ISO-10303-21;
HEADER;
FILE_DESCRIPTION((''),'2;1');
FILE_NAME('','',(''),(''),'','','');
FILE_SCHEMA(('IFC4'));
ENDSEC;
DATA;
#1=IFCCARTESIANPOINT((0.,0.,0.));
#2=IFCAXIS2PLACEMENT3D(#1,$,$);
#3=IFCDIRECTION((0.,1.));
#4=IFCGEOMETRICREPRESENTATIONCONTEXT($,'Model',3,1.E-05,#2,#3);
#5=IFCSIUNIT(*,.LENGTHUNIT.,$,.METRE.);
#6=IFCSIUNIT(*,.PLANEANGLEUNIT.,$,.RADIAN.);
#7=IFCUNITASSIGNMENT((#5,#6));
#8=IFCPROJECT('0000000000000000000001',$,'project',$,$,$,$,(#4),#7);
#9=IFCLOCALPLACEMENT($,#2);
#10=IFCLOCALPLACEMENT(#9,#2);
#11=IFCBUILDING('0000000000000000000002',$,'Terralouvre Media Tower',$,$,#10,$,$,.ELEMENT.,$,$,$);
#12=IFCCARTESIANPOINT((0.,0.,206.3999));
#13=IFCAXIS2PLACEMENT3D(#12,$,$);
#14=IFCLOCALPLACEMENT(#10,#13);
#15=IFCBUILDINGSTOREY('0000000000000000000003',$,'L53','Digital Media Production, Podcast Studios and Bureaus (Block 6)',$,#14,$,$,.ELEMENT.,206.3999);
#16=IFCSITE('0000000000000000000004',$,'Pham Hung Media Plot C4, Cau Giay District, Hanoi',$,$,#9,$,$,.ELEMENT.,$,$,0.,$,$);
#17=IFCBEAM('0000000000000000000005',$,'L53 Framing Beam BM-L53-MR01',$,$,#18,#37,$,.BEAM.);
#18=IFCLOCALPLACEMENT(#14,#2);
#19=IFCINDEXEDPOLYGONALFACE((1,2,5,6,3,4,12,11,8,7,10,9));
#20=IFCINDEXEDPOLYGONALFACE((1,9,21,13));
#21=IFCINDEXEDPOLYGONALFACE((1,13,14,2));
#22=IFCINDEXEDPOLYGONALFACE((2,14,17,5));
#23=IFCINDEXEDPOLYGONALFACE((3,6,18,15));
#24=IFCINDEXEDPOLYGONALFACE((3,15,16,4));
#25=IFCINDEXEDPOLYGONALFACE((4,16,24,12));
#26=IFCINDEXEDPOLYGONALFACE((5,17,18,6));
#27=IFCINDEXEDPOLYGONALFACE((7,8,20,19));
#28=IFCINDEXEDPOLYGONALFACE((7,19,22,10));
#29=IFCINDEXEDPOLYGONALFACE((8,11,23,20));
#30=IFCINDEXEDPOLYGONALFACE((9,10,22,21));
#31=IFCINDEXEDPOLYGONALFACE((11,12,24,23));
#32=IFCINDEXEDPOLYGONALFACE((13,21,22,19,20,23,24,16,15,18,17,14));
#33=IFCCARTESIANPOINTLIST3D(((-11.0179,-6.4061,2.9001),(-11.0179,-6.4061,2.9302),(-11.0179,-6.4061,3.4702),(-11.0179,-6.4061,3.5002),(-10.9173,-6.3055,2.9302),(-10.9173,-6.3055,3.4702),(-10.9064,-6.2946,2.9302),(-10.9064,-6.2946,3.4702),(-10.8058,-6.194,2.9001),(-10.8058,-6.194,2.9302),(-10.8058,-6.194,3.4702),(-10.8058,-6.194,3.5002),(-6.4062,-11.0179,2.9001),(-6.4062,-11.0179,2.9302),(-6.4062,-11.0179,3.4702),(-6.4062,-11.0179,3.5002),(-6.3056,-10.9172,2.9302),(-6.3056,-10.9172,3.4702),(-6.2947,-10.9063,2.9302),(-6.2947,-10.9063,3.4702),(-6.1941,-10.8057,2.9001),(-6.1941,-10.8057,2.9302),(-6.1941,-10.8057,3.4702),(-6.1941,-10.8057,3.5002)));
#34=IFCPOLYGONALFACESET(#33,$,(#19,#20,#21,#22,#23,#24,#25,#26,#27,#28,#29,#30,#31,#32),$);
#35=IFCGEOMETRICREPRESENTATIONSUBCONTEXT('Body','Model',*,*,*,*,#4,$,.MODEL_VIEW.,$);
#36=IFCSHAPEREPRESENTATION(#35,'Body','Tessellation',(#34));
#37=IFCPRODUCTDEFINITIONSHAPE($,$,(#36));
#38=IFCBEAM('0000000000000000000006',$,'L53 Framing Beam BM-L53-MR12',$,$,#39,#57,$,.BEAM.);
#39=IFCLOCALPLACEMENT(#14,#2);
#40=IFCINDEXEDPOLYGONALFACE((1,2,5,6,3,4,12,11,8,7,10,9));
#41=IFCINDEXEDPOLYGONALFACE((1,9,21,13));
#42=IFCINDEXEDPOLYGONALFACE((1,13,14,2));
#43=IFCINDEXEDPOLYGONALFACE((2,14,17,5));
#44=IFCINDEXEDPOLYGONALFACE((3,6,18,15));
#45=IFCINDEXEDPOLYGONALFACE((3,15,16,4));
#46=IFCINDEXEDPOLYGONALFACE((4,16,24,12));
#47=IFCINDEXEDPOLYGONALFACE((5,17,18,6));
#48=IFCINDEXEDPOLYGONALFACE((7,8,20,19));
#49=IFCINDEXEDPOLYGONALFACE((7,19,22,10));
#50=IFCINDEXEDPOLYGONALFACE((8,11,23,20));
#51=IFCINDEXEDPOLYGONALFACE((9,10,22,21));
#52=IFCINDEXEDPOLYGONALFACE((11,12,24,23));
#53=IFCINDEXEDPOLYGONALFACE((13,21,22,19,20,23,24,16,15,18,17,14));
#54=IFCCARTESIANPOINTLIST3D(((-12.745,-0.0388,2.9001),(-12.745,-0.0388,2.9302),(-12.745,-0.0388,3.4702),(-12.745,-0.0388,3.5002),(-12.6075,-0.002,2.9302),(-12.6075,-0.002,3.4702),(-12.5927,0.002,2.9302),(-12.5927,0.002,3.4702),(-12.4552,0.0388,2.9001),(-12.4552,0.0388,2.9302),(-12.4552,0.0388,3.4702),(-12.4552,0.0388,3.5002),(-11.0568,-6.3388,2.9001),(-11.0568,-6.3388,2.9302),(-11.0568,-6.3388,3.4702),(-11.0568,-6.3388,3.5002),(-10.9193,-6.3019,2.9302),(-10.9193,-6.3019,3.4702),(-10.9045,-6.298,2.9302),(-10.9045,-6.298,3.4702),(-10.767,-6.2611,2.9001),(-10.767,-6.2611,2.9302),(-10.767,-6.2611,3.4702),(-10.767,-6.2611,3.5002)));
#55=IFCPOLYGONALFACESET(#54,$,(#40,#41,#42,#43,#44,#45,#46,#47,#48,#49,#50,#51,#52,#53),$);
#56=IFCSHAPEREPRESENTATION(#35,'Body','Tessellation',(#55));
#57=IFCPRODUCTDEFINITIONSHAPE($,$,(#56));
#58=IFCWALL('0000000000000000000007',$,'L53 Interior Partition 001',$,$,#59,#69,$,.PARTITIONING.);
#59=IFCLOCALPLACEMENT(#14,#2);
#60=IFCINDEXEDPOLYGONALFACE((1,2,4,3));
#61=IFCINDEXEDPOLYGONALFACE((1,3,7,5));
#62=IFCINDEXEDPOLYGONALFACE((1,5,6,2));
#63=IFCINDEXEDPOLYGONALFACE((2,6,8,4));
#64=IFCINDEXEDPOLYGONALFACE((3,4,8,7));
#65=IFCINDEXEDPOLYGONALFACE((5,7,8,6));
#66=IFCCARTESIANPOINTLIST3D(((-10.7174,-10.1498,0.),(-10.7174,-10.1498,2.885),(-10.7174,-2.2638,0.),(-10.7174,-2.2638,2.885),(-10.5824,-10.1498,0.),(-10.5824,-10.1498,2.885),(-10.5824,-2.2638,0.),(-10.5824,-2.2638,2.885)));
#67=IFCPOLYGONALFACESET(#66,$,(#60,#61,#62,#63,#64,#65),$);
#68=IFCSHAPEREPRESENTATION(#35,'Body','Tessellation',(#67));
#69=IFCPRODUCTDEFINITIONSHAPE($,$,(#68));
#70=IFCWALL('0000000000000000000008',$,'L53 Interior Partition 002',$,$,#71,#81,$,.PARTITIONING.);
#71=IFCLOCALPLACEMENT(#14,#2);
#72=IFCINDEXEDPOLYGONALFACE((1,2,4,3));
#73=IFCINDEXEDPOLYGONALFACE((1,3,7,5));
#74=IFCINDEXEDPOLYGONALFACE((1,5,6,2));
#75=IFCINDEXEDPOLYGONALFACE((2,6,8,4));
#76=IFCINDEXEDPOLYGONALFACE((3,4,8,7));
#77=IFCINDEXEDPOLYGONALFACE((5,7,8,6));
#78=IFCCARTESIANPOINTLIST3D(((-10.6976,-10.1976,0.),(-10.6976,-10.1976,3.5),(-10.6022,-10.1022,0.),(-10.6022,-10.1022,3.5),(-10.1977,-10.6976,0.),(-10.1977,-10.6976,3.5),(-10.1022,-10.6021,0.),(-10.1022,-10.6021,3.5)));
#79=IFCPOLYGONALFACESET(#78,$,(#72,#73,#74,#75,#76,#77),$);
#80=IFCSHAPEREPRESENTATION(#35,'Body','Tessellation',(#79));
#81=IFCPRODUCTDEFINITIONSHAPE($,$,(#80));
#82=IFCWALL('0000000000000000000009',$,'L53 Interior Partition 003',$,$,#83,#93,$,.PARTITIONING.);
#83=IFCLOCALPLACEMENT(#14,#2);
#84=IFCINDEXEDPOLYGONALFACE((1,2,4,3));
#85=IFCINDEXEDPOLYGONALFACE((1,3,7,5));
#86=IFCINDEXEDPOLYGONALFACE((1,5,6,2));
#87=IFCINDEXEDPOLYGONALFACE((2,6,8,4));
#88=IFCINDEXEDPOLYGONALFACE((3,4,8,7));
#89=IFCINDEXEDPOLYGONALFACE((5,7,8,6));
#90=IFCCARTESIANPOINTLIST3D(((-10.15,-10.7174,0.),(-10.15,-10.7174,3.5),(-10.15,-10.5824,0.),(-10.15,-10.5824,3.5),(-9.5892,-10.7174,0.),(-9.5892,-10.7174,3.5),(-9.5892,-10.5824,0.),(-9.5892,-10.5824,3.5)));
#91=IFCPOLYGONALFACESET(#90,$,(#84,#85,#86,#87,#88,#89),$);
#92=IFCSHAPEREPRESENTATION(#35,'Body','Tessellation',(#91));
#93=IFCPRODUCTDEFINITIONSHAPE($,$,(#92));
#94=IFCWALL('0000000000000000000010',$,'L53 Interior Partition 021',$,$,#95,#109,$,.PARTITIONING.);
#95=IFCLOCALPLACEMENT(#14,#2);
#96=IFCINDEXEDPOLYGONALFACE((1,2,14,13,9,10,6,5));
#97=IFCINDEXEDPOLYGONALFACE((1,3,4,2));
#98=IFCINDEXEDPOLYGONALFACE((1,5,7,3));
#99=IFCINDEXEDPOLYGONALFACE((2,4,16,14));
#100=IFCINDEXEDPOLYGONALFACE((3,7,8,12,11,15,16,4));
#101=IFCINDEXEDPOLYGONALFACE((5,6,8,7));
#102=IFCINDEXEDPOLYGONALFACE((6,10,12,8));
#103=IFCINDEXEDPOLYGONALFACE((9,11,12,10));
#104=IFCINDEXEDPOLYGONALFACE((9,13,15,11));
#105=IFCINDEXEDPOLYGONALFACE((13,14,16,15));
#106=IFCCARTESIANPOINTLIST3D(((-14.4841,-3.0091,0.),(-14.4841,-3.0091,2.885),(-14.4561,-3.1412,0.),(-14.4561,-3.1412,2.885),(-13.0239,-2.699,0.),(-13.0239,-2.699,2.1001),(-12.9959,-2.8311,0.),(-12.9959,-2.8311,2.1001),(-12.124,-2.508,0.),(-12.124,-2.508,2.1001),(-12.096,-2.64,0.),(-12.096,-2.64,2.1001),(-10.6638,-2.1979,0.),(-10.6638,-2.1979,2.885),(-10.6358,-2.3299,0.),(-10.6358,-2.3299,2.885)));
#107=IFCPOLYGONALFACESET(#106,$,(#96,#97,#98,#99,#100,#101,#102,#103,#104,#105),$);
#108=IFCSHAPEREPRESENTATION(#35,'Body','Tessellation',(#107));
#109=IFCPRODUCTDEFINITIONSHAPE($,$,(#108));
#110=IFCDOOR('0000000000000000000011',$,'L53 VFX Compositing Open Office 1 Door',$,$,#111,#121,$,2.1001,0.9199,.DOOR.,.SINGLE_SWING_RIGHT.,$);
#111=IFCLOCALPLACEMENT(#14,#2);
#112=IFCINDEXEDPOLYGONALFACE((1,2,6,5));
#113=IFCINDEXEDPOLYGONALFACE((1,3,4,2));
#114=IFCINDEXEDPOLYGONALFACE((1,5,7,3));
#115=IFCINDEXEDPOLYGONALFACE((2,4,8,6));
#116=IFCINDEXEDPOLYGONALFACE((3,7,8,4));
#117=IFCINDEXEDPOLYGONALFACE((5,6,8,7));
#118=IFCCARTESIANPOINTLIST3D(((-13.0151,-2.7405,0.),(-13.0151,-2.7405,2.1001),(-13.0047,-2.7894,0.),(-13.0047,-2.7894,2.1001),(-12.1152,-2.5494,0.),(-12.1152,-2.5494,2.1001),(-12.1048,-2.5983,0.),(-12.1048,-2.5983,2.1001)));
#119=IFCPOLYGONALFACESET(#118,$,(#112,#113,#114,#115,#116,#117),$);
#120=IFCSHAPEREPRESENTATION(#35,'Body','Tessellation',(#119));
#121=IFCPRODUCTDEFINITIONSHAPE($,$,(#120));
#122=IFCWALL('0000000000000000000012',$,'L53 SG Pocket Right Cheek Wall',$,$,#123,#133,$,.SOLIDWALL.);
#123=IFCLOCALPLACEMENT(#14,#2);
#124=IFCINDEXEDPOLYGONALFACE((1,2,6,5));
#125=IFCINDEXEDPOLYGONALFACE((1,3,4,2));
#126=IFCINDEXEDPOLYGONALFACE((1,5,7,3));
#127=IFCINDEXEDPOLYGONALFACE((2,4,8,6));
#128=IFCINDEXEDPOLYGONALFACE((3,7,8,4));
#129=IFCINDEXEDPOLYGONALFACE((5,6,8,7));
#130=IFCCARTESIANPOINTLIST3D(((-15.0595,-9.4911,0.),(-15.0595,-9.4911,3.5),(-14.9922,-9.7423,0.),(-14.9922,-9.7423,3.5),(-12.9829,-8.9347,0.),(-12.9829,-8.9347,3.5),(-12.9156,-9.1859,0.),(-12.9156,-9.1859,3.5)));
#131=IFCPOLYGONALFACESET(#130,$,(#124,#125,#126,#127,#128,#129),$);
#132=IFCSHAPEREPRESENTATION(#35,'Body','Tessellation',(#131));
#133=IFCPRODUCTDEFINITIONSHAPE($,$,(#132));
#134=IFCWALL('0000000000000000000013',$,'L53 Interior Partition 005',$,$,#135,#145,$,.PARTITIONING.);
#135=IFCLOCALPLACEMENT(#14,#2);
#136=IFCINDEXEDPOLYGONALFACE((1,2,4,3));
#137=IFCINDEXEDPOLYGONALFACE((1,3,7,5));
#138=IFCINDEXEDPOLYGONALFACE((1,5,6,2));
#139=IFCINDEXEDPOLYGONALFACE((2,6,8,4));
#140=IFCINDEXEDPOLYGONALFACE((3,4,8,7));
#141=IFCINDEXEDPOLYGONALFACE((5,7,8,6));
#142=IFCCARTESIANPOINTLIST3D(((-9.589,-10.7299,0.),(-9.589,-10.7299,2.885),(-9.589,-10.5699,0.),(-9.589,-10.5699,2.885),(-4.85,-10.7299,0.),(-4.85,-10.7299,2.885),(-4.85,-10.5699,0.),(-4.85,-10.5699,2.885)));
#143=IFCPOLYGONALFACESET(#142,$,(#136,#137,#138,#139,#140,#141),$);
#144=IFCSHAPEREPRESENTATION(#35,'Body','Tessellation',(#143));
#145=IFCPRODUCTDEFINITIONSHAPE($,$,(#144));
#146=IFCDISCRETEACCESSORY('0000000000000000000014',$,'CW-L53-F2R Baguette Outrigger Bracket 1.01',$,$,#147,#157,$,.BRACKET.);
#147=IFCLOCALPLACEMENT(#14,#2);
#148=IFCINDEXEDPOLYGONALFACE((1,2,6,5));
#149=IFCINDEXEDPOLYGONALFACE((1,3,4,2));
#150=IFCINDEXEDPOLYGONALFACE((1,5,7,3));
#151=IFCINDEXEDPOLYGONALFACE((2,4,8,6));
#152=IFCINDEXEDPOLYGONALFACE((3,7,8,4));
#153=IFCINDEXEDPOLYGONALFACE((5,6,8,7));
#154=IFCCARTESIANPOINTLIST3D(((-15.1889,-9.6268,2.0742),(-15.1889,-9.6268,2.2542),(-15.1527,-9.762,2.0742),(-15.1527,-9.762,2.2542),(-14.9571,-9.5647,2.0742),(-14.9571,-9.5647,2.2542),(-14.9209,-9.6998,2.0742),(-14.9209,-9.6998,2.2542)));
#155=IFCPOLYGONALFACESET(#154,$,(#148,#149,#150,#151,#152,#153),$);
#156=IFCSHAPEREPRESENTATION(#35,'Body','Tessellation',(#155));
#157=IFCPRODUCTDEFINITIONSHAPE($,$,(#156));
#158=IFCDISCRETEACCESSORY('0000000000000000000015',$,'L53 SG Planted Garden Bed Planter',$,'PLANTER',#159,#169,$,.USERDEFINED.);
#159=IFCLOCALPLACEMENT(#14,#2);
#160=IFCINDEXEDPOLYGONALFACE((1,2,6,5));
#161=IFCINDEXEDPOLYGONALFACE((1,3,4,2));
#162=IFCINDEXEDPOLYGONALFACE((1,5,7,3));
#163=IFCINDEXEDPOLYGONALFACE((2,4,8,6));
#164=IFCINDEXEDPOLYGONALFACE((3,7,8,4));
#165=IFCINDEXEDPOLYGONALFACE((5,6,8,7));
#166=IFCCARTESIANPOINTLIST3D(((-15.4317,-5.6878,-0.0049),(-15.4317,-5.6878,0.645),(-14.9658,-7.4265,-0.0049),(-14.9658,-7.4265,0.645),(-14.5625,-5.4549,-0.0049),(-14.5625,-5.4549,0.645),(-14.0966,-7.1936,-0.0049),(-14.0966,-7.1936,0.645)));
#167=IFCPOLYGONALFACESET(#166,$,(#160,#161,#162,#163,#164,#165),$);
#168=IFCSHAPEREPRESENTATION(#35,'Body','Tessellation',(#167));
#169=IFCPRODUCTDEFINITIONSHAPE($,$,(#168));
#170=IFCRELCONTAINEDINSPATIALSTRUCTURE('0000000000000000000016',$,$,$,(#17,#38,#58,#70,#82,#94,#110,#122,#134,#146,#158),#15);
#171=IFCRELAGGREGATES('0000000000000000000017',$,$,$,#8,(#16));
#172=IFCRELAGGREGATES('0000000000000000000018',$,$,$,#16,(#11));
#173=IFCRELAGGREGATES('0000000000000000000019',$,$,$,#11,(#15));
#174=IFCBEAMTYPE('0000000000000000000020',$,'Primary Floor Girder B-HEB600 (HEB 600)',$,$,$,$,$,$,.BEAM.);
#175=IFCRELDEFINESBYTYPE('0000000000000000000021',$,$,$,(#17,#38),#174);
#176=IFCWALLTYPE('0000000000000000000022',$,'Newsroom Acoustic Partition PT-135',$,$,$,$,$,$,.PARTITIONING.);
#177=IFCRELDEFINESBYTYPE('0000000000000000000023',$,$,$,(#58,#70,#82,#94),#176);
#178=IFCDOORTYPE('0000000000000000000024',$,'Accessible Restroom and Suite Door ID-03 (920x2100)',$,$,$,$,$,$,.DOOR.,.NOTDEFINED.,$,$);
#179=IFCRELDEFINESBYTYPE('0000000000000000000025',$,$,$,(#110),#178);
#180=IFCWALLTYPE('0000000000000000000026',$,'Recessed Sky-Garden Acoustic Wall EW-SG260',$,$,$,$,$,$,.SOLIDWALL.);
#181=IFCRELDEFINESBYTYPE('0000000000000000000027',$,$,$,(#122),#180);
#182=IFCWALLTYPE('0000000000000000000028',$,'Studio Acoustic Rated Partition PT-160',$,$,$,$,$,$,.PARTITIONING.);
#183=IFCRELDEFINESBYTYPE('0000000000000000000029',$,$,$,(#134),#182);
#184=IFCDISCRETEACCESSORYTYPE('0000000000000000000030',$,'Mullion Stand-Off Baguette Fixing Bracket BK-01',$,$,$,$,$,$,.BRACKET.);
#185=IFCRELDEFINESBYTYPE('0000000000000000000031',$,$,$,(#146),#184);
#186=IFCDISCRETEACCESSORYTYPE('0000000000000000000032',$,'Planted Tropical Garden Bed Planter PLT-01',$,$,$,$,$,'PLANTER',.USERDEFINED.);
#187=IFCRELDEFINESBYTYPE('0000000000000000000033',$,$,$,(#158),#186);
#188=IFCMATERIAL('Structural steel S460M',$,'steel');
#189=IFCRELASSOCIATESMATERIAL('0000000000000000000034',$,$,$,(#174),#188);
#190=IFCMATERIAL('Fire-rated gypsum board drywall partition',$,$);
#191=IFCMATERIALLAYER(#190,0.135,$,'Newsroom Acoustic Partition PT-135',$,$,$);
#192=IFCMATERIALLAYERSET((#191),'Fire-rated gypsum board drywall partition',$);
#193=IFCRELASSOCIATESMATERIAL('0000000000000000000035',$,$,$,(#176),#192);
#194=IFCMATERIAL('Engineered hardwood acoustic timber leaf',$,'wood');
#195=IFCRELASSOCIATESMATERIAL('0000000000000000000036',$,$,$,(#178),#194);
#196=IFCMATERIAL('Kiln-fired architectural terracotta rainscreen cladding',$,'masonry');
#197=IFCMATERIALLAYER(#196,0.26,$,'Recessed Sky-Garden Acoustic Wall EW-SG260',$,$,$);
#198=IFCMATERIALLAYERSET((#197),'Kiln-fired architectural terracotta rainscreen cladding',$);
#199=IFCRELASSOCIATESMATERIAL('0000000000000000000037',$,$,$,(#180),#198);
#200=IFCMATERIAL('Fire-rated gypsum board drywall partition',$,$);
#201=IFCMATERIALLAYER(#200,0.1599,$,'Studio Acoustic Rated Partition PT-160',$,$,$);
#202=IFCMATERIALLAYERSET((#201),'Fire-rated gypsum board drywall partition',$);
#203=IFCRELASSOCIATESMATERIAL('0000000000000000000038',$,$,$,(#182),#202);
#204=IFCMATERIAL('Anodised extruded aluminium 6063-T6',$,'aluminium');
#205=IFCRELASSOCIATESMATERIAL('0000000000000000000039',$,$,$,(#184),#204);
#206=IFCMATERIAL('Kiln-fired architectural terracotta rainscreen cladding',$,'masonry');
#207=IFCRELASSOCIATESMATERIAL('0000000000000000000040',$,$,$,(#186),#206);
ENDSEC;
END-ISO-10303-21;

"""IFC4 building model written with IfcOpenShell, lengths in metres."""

from ifc_helpers import new_model, si_unit, direction, frame, frame_2d, origin, origin_2d, place, context, subcontext, project, spatial, rectangle, i_section, extrude, material, layer, layer_set, material_profile, profile_set, type_object, element, fill, save


model = new_model("IFC4")

# Units and contexts
model_context = context("Model", 3, precision=1e-05, world=origin(), true_north=direction((0.0, 1.0)))
body_context = subcontext(model_context, "Body", "Model", "MODEL_VIEW")
ifc_project = project(units=[si_unit("LENGTHUNIT", "METRE"), si_unit("PLANEANGLEUNIT", "RADIAN")], contexts=[model_context])

# Site, building, storey
site_placement = place(None, origin())
site = spatial("IfcSite", under=ifc_project, at=site_placement, Name="Pham Hung Media Plot C4, Cau Giay District, Hanoi", CompositionType="ELEMENT", RefElevation=0.0)
building_placement = place(site_placement, origin())
building = spatial("IfcBuilding", under=site, at=building_placement, Name="Terralouvre Media Tower", CompositionType="ELEMENT")
storey_placement = place(building_placement, frame((0.0, 0.0, 206.3999)))
storey = spatial("IfcBuildingStorey", under=building, at=storey_placement, Name="L53", Description="Digital Media Production, Podcast Studios and Bureaus (Block 6)", CompositionType="ELEMENT", Elevation=206.3999)

# Beams
ifc_material_1 = material(Name="Structural steel S460M", Category="steel")
ifc_material_profile_1 = material_profile(ifc_material_1, i_section(OverallWidth=0.3, OverallDepth=0.6001, WebThickness=0.0154, FlangeThickness=0.03, at=origin_2d()), Name="HEB 600")
ifc_profile_set_1 = profile_set([ifc_material_profile_1], Name="Structural steel S460M")
beam_type_1 = type_object("IfcBeamType", Name="Primary Floor Girder B-HEB600 (HEB 600)", PredefinedType="BEAM", material=ifc_profile_set_1)
beam_1_placement = place(storey_placement, frame((-10.9119, -6.3, 3.2002), z_axis=(0.707107, -0.707107, 0.0), x_axis=(0.707107, 0.707107, 0.0)))
element("IfcBeam", 1, at=beam_1_placement, inside=storey, type_object=beam_type_1, Name="L53 Framing Beam BM-L53-MR01", PredefinedType="BEAM", context=body_context, shape_type="SweptSolid", body=[
    extrude(i_section(OverallWidth=0.3, OverallDepth=0.6001, WebThickness=0.0154, FlangeThickness=0.03, at=origin_2d()), origin(), (0.0, 0.0, 1.0), 6.522),
])
beam_2_placement = place(storey_placement, frame((-12.6001, 0.0, 3.2002), z_axis=(0.258839, -0.96592, 0.0), x_axis=(0.96592, 0.258839, 0.0)))
element("IfcBeam", 2, at=beam_2_placement, inside=storey, type_object=beam_type_1, Name="L53 Framing Beam BM-L53-MR12", PredefinedType="BEAM", context=body_context, shape_type="SweptSolid", body=[
    extrude(i_section(OverallWidth=0.3, OverallDepth=0.6001, WebThickness=0.0154, FlangeThickness=0.03, at=origin_2d()), origin(), (0.0, 0.0, 1.0), 6.5222),
])

# Walls
ifc_material_2 = material(Name="Fire-rated gypsum board drywall partition")
ifc_layer_1 = layer(ifc_material_2, 0.135, Name="Newsroom Acoustic Partition PT-135")
ifc_layer_set_1 = layer_set([ifc_layer_1], Name="Fire-rated gypsum board drywall partition")
wall_type_1 = type_object("IfcWallType", Name="Newsroom Acoustic Partition PT-135", PredefinedType="PARTITIONING", material=ifc_layer_set_1)
wall_1_placement = place(storey_placement, frame((-10.6499, -2.2639, 0.0), z_axis=(0.0, 0.0, 1.0), x_axis=(0.0, -1.0, 0.0)))
element("IfcWall", 3, at=wall_1_placement, inside=storey, type_object=wall_type_1, Name="L53 Interior Partition 001", PredefinedType="PARTITIONING", context=body_context, shape_type="SweptSolid", body=[
    extrude(rectangle(XDim=7.886, YDim=0.135, at=frame_2d((3.9429, 0.0))), origin(), (0.0, 0.0, 1.0), 2.885),
])
wall_2_placement = place(storey_placement, frame((-10.6499, -10.1499, 0.0), z_axis=(0.0, 0.0, 1.0), x_axis=(0.707107, -0.707107, 0.0)))
element("IfcWall", 4, at=wall_2_placement, inside=storey, type_object=wall_type_1, Name="L53 Interior Partition 002", PredefinedType="PARTITIONING", context=body_context, shape_type="SweptSolid", body=[
    extrude(rectangle(XDim=0.707, YDim=0.135, at=frame_2d((0.3535, 0.0))), origin(), (0.0, 0.0, 1.0), 3.5),
])
wall_3_placement = place(storey_placement, frame((-10.1499, -10.6499, 0.0), z_axis=(0.0, 0.0, 1.0), x_axis=(1.0, 0.0, 0.0)))
element("IfcWall", 5, at=wall_3_placement, inside=storey, type_object=wall_type_1, Name="L53 Interior Partition 003", PredefinedType="PARTITIONING", context=body_context, shape_type="SweptSolid", body=[
    extrude(rectangle(XDim=0.5608, YDim=0.135, at=frame_2d((0.2803, 0.0))), origin(), (0.0, 0.0, 1.0), 3.5),
])

# Wall, opening, door
wall_4_placement = place(storey_placement, frame((-10.6499, -2.2639, 0.0), z_axis=(0.0, 0.0, 1.0), x_axis=(-0.978187, -0.207727, 0.0)))
wall_4 = element("IfcWall", 6, at=wall_4_placement, inside=storey, type_object=wall_type_1, Name="L53 Interior Partition 021", PredefinedType="PARTITIONING", context=body_context, shape_type="SweptSolid", body=[
    extrude(rectangle(XDim=3.9055, YDim=0.135, at=frame_2d((1.9526, 0.0))), origin(), (0.0, 0.0, 1.0), 2.885),
])
opening_placement = place(wall_4_placement, frame((1.4927, 0.0, 0.0)))
opening = element("IfcOpeningElement", 7, at=opening_placement, cuts=wall_4, PredefinedType="OPENING", context=body_context, shape_type="SweptSolid", body=[
    extrude(rectangle(XDim=0.9199, YDim=2.1001, at=frame_2d((0.46, 1.05))), frame((0.0, 0.0774, 0.0), z_axis=(0.0, -1.0, 0.0), x_axis=(1.0, 0.0, 0.0)), (0.0, 0.0, 1.0), 0.155),
])
ifc_material_3 = material(Name="Engineered hardwood acoustic timber leaf", Category="wood")
door_type = type_object("IfcDoorType", Name="Accessible Restroom and Suite Door ID-03 (920x2100)", OperationType="NOTDEFINED", PredefinedType="DOOR", material=ifc_material_3)
door_placement = place(opening_placement, origin())
door = element("IfcDoor", 8, at=door_placement, inside=storey, type_object=door_type, Name="L53 VFX Compositing Open Office 1 Door", OperationType="SINGLE_SWING_RIGHT", OverallHeight=2.1001, OverallWidth=0.9199, PredefinedType="DOOR", context=body_context, shape_type="SweptSolid", body=[
    extrude(rectangle(XDim=0.9199, YDim=2.1001, at=frame_2d((0.46, 1.05))), frame((0.0, 0.0249, 0.0), z_axis=(0.0, -1.0, 0.0), x_axis=(1.0, 0.0, 0.0)), (0.0, 0.0, 1.0), 0.05),
])
fill(opening, door)

# Walls
ifc_material_4 = material(Name="Kiln-fired architectural terracotta rainscreen cladding", Category="masonry")
ifc_layer_2 = layer(ifc_material_4, 0.26, Name="Recessed Sky-Garden Acoustic Wall EW-SG260")
ifc_layer_set_2 = layer_set([ifc_layer_2], Name="Kiln-fired architectural terracotta rainscreen cladding")
wall_type_2 = type_object("IfcWallType", Name="Recessed Sky-Garden Acoustic Wall EW-SG260", PredefinedType="SOLIDWALL", material=ifc_layer_set_2)
wall_5_placement = place(storey_placement, frame((-12.9492, -9.0603, 0.0), z_axis=(0.0, 0.0, 1.0), x_axis=(-0.965931, -0.2588, 0.0)))
element("IfcWall", 9, at=wall_5_placement, inside=storey, type_object=wall_type_2, Name="L53 SG Pocket Right Cheek Wall", PredefinedType="SOLIDWALL", context=body_context, shape_type="SweptSolid", body=[
    extrude(rectangle(XDim=2.1499, YDim=0.26, at=frame_2d((1.075, 0.0))), origin(), (0.0, 0.0, 1.0), 3.5),
])
ifc_material_5 = material(Name="Fire-rated gypsum board drywall partition")
ifc_layer_3 = layer(ifc_material_5, 0.1599, Name="Studio Acoustic Rated Partition PT-160")
ifc_layer_set_3 = layer_set([ifc_layer_3], Name="Fire-rated gypsum board drywall partition")
wall_type_3 = type_object("IfcWallType", Name="Studio Acoustic Rated Partition PT-160", PredefinedType="PARTITIONING", material=ifc_layer_set_3)
wall_6_placement = place(storey_placement, frame((-9.5891, -10.6499, 0.0), z_axis=(0.0, 0.0, 1.0), x_axis=(1.0, 0.0, 0.0)))
element("IfcWall", 10, at=wall_6_placement, inside=storey, type_object=wall_type_3, Name="L53 Interior Partition 005", PredefinedType="PARTITIONING", context=body_context, shape_type="SweptSolid", body=[
    extrude(rectangle(XDim=4.739, YDim=0.1599, at=frame_2d((2.3696, 0.0))), origin(), (0.0, 0.0, 1.0), 2.885),
])

# Discrete accessories
ifc_material_6 = material(Name="Anodised extruded aluminium 6063-T6", Category="aluminium")
discrete_accessory_type_1 = type_object("IfcDiscreteAccessoryType", Name="Mullion Stand-Off Baguette Fixing Bracket BK-01", PredefinedType="BRACKET", material=ifc_material_6)
discrete_accessory_1_placement = place(storey_placement, frame((-15.0549, -9.6633, 2.0742), z_axis=(0.0, 0.0, 1.0), x_axis=(0.258819, -0.965926, 0.0)))
element("IfcDiscreteAccessory", 11, at=discrete_accessory_1_placement, inside=storey, type_object=discrete_accessory_type_1, Name="CW-L53-F2R Baguette Outrigger Bracket 1.01", PredefinedType="BRACKET", context=body_context, shape_type="SweptSolid", body=[
    extrude(rectangle(XDim=0.1399, YDim=0.24, at=origin_2d()), origin(), (0.0, 0.0, 1.0), 0.1799),
])
ifc_material_7 = material(Name="Kiln-fired architectural terracotta rainscreen cladding", Category="masonry")
discrete_accessory_type_2 = type_object("IfcDiscreteAccessoryType", Name="Planted Tropical Garden Bed Planter PLT-01", ElementType="PLANTER", PredefinedType="USERDEFINED", material=ifc_material_7)
discrete_accessory_2_placement = place(storey_placement, frame((-14.7642, -6.4407, -0.0049), z_axis=(0.0, 0.0, 1.0), x_axis=(0.258819, -0.965926, 0.0)))
element("IfcDiscreteAccessory", 12, at=discrete_accessory_2_placement, inside=storey, type_object=discrete_accessory_type_2, Name="L53 SG Planted Garden Bed Planter", ObjectType="PLANTER", PredefinedType="USERDEFINED", context=body_context, shape_type="SweptSolid", body=[
    extrude(rectangle(XDim=1.8, YDim=0.8999, at=origin_2d()), origin(), (0.0, 0.0, 1.0), 0.6499),
])

save(model, "model.ifc")
